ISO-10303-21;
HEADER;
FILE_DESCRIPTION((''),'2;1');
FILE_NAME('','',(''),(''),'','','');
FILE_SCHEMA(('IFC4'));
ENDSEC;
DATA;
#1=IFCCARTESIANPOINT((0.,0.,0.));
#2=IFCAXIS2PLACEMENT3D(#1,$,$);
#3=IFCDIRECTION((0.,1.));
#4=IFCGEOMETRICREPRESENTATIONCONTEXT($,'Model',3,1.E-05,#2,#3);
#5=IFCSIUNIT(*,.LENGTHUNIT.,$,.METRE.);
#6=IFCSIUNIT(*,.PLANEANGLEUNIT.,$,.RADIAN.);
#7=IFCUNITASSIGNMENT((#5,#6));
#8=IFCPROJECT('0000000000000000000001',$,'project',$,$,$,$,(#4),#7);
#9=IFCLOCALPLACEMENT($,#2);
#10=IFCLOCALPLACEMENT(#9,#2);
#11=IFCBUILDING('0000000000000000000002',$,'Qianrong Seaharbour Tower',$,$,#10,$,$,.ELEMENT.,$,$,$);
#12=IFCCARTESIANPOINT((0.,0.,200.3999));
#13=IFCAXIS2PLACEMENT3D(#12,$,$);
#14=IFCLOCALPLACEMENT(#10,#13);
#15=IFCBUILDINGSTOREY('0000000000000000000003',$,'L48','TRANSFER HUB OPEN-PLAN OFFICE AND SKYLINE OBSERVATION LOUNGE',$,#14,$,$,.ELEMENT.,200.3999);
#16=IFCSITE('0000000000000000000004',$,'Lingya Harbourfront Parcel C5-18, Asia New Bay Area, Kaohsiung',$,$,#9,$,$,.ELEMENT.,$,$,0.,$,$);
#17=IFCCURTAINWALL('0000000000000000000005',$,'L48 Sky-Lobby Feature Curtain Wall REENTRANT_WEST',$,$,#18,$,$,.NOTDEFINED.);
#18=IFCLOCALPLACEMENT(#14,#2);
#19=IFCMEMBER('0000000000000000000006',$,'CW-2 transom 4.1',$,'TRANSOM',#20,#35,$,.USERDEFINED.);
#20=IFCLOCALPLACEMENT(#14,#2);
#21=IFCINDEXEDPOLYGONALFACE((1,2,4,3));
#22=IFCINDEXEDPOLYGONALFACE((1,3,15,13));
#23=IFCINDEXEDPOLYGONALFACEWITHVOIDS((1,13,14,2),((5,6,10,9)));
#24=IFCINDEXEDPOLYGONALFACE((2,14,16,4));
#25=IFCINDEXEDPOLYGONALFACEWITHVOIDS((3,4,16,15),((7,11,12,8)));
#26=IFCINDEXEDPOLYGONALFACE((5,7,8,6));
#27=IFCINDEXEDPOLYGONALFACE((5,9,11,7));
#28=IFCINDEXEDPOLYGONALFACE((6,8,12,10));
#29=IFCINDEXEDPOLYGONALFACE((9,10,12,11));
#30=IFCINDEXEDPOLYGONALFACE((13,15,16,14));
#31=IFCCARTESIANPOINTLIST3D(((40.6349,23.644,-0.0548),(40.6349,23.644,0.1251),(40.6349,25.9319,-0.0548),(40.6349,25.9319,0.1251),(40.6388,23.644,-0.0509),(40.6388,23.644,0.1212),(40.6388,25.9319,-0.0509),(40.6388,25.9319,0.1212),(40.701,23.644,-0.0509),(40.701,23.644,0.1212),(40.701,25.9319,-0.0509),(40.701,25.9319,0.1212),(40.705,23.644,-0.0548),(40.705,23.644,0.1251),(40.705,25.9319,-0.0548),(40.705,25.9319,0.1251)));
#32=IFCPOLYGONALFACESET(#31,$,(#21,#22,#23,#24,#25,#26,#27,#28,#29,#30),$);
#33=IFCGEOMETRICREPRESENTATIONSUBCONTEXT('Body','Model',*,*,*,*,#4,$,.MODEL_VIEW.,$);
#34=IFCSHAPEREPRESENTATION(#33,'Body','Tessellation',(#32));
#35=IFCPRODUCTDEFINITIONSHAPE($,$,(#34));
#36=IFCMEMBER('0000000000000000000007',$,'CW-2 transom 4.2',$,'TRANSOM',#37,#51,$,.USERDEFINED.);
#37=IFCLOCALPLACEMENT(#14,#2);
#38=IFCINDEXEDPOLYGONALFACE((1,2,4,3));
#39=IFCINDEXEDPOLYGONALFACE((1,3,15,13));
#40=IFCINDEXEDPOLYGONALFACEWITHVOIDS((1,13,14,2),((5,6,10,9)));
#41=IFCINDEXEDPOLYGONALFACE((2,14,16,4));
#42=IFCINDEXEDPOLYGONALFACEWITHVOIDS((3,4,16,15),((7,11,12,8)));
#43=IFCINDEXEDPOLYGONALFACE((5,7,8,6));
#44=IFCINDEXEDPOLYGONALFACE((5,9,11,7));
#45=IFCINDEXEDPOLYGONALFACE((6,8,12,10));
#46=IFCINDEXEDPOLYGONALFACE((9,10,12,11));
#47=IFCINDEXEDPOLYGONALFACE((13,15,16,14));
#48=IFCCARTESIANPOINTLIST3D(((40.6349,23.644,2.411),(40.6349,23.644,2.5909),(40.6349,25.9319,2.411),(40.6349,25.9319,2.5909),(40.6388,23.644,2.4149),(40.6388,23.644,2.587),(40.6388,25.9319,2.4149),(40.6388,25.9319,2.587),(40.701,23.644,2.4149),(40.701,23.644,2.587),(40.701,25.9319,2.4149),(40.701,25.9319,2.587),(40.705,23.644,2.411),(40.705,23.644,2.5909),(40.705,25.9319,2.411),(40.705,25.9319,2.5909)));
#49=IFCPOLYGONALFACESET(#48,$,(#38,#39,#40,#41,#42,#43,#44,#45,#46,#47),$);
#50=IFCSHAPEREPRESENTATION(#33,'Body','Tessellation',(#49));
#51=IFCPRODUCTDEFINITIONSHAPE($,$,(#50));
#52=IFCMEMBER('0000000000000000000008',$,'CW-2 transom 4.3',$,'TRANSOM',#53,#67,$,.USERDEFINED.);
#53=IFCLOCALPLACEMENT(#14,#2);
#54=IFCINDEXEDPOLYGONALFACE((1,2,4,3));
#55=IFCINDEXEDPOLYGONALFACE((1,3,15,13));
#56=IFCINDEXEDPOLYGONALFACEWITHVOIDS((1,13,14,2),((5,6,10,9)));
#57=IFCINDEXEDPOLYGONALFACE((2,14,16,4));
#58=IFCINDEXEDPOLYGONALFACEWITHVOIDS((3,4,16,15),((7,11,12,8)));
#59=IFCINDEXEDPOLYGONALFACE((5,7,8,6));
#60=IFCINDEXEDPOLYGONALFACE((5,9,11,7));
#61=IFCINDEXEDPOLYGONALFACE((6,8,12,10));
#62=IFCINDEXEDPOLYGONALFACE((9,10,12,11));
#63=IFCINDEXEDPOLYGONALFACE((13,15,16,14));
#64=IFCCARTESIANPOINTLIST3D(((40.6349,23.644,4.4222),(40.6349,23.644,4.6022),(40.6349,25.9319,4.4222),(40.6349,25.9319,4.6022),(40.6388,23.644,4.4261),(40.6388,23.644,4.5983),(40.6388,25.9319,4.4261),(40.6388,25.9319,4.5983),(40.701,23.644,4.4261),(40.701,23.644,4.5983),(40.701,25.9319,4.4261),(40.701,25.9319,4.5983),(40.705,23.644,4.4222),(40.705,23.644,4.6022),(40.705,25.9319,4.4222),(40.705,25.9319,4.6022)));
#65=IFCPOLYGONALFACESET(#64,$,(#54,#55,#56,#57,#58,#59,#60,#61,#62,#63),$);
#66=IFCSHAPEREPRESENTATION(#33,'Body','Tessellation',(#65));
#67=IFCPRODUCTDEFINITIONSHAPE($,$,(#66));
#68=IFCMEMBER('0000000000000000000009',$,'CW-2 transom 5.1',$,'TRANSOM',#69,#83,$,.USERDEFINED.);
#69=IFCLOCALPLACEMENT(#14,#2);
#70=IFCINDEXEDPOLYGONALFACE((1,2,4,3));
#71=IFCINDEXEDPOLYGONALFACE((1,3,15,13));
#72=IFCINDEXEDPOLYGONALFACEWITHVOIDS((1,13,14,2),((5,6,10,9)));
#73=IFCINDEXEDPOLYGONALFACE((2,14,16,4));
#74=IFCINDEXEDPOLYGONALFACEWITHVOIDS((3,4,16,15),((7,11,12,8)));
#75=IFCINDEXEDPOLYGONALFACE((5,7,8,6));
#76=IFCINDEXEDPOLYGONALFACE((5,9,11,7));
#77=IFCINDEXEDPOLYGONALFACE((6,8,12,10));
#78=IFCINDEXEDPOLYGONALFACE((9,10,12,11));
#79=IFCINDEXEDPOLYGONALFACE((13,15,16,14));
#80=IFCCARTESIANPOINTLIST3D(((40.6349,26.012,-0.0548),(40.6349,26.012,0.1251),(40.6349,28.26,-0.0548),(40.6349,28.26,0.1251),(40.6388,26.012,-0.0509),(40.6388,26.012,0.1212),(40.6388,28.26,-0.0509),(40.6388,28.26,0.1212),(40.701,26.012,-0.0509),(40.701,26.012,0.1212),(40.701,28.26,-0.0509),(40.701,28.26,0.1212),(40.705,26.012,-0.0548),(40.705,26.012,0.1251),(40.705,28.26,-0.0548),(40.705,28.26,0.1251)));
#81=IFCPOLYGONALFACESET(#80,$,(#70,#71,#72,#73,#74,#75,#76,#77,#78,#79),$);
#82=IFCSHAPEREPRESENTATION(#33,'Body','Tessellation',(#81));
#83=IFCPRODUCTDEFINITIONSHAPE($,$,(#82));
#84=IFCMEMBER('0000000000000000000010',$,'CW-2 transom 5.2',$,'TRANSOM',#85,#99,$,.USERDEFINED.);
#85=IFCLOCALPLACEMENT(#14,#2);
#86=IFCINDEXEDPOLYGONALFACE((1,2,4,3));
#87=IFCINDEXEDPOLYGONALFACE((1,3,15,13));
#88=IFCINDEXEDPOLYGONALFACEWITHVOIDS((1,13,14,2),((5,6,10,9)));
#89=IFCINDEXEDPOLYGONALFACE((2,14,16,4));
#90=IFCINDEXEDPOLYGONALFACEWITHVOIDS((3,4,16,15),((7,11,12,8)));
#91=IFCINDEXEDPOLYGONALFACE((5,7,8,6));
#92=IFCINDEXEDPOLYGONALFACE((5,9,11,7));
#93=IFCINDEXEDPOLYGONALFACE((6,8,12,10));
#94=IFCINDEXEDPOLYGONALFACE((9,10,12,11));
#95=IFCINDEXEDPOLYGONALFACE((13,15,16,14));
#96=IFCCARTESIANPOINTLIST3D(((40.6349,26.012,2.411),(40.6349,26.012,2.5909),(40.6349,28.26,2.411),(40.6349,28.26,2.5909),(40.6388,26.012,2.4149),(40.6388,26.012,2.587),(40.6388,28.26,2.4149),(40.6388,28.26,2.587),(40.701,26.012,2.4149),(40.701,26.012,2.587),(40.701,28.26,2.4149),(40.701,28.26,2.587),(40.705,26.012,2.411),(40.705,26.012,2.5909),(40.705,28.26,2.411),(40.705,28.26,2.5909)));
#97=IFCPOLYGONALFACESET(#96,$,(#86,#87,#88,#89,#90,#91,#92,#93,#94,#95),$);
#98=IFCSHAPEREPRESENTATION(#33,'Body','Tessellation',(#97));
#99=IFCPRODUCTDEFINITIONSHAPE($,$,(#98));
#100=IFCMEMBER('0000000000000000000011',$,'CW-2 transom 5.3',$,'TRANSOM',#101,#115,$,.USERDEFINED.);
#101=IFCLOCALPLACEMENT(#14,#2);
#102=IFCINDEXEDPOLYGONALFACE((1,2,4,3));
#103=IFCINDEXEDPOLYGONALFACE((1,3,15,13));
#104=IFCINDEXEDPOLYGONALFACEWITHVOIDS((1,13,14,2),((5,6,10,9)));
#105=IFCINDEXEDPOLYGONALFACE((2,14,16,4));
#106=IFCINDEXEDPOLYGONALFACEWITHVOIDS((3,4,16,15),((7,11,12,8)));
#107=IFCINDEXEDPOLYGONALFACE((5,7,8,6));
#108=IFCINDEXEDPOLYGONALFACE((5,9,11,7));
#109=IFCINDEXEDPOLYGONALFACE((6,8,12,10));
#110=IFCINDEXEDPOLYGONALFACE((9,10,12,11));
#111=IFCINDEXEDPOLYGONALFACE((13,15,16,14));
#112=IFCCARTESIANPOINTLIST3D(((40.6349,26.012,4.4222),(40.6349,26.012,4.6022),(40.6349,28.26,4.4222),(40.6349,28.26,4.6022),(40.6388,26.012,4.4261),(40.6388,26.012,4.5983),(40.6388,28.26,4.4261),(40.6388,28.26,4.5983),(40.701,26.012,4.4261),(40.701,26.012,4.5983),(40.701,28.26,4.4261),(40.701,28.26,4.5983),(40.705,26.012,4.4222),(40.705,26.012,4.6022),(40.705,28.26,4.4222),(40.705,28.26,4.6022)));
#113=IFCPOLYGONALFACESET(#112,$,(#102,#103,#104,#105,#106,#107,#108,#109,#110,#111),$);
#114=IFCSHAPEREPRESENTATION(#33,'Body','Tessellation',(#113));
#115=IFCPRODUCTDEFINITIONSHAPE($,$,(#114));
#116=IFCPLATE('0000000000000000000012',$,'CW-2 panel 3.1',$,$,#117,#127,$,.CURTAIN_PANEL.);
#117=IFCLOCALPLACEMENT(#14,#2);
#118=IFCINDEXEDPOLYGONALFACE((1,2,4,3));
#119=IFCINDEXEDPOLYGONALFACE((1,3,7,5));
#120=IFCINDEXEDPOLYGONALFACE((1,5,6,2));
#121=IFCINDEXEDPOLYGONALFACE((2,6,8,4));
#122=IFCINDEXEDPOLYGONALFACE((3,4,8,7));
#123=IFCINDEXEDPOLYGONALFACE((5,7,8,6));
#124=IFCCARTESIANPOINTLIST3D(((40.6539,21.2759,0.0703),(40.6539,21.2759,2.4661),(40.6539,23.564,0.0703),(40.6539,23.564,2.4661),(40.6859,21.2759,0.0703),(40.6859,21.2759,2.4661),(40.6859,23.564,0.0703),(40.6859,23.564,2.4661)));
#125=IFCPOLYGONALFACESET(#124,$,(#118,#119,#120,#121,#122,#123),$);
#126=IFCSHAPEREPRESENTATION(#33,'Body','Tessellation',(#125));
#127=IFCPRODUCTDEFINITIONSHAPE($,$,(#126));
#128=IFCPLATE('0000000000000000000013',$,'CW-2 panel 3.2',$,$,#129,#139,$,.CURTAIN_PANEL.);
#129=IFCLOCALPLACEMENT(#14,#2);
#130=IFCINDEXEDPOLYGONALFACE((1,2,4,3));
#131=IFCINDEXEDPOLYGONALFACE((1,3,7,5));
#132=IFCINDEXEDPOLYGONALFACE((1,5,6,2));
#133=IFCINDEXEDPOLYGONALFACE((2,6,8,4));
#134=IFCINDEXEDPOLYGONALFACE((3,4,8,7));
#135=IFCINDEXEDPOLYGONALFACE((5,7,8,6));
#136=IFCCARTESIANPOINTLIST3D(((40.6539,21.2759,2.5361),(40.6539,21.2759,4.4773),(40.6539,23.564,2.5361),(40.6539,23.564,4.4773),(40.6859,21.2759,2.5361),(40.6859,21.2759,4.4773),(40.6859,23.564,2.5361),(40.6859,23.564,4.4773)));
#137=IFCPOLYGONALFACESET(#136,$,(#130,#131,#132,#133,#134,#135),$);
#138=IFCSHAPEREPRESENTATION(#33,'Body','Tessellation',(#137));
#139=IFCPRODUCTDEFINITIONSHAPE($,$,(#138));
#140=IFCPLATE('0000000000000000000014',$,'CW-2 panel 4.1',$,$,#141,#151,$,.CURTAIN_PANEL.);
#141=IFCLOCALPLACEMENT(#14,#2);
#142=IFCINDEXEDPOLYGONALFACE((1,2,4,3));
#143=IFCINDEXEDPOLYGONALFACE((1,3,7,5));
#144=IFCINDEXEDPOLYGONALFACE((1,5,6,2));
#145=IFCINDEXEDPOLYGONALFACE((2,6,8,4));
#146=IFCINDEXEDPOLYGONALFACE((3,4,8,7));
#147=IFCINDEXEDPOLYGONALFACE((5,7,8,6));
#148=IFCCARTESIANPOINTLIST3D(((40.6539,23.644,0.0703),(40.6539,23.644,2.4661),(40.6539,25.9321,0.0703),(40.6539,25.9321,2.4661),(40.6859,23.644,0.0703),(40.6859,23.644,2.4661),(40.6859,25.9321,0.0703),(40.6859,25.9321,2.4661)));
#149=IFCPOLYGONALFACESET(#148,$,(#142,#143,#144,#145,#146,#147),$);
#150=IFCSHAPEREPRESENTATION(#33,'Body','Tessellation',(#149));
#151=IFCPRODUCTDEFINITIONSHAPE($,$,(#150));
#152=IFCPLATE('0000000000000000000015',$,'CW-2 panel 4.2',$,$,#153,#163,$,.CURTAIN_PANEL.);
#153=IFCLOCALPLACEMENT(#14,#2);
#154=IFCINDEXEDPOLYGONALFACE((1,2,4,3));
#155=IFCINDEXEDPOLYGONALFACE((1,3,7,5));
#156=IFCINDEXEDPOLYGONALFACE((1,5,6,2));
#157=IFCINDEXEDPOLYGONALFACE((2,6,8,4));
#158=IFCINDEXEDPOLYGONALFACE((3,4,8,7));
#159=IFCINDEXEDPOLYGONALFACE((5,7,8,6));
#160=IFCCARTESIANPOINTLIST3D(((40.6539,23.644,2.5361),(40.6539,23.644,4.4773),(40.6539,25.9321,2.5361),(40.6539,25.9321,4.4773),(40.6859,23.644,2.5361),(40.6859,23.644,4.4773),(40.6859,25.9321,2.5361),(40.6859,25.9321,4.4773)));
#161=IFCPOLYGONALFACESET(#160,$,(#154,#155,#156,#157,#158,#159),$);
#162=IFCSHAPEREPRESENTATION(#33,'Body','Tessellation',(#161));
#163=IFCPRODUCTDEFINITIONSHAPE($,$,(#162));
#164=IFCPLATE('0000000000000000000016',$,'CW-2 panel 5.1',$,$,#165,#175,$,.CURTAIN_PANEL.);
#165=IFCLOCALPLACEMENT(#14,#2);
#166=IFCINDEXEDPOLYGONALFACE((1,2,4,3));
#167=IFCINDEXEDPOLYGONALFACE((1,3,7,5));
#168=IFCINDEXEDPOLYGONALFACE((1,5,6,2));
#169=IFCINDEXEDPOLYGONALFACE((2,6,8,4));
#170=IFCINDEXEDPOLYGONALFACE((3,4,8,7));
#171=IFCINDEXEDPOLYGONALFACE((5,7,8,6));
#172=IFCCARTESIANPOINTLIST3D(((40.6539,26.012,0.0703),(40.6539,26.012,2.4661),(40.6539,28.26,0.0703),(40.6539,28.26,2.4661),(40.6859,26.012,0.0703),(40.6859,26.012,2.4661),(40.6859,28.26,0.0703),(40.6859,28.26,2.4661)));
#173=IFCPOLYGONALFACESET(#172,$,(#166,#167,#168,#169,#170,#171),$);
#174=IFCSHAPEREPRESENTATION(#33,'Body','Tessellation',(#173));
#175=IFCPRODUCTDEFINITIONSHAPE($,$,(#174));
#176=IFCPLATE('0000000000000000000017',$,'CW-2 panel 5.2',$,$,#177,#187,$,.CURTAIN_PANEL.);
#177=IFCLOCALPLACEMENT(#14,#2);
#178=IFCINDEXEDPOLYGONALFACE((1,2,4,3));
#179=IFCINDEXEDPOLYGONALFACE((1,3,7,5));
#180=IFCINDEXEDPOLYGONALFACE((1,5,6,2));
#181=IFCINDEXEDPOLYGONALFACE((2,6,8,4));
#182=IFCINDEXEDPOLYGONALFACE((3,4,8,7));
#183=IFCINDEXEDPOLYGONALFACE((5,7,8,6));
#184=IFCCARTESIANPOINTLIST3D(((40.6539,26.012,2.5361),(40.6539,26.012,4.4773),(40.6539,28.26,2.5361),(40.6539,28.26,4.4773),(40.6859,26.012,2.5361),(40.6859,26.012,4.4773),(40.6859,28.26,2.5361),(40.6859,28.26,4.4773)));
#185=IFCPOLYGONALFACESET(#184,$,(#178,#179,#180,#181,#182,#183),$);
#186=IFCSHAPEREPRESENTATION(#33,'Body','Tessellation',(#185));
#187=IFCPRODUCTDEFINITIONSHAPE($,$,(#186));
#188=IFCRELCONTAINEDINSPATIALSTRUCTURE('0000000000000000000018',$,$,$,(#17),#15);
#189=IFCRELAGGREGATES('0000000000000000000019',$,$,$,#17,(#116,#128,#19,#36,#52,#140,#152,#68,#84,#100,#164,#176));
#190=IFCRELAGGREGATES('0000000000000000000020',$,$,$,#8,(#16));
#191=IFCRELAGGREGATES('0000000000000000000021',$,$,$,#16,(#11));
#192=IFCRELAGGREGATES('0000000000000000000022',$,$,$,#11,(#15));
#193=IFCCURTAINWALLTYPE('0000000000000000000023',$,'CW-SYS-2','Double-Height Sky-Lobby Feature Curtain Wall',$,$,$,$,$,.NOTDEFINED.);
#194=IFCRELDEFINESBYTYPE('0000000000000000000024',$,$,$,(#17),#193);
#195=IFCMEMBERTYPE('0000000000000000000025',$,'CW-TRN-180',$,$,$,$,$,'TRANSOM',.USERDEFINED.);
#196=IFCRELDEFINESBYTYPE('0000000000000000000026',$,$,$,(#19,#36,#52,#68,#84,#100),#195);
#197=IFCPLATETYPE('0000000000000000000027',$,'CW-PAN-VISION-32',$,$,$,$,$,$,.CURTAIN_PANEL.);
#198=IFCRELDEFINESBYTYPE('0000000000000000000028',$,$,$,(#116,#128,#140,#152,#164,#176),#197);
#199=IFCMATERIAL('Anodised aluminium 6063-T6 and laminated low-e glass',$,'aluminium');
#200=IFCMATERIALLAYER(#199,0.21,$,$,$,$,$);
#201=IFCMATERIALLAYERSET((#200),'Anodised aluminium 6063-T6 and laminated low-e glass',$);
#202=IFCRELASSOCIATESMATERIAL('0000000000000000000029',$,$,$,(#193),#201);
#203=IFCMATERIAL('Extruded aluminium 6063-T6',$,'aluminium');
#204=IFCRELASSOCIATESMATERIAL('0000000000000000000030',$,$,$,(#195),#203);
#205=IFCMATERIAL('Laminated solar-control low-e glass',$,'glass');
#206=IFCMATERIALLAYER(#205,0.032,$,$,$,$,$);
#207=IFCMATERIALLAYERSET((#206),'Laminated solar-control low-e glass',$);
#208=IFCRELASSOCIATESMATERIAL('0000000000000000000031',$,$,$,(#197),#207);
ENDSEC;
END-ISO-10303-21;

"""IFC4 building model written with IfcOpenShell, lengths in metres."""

from ifc_helpers import new_model, si_unit, direction, frame, origin, origin_2d, place, context, subcontext, project, spatial, rectangle, hollow_rectangle, extrude, material, layer, layer_set, material_profile, profile_set, type_object, element, aggregate, save


model = new_model("IFC4")

# Units and contexts
model_context = context("Model", 3, precision=1e-05, world=origin(), true_north=direction((0.0, 1.0)))
body_context = subcontext(model_context, "Body", "Model", "MODEL_VIEW")
ifc_project = project(units=[si_unit("LENGTHUNIT", "METRE"), si_unit("PLANEANGLEUNIT", "RADIAN")], contexts=[model_context])

# Site, building, storey
site_placement = place(None, origin())
site = spatial("IfcSite", under=ifc_project, at=site_placement, Name="Lingya Harbourfront Parcel C5-18, Asia New Bay Area, Kaohsiung", CompositionType="ELEMENT", RefElevation=0.0)
building_placement = place(site_placement, origin())
building = spatial("IfcBuilding", under=site, at=building_placement, Name="Qianrong Seaharbour Tower", CompositionType="ELEMENT")
storey_placement = place(building_placement, frame((0.0, 0.0, 200.3999)))
storey = spatial("IfcBuildingStorey", under=building, at=storey_placement, Name="L48", Description="TRANSFER HUB OPEN-PLAN OFFICE AND SKYLINE OBSERVATION LOUNGE", CompositionType="ELEMENT", Elevation=200.3999)

# Curtain wall, members, plates
ifc_material_1 = material(Name="Anodised aluminium 6063-T6 and laminated low-e glass", Category="aluminium")
ifc_layer_1 = layer(ifc_material_1, 0.21)
ifc_layer_set_1 = layer_set([ifc_layer_1], Name="Anodised aluminium 6063-T6 and laminated low-e glass")
curtain_wall_type = type_object("IfcCurtainWallType", Name="CW-SYS-2", Description="Double-Height Sky-Lobby Feature Curtain Wall", PredefinedType="NOTDEFINED", material=ifc_layer_set_1)
curtain_wall_placement = place(storey_placement, origin())
curtain_wall = element("IfcCurtainWall", 1, at=curtain_wall_placement, inside=storey, type_object=curtain_wall_type, Name="L48 Sky-Lobby Feature Curtain Wall REENTRANT_WEST", PredefinedType="NOTDEFINED")
ifc_material_2 = material(Name="Extruded aluminium 6063-T6", Category="aluminium")
ifc_material_profile_1 = material_profile(ifc_material_2, hollow_rectangle(XDim=0.0701, YDim=0.1799, WallThickness=0.0039, at=origin_2d()), Name="ALU-TRN-180x70x4")
ifc_profile_set_1 = profile_set([ifc_material_profile_1], Name="Extruded aluminium 6063-T6")
member_type = type_object("IfcMemberType", Name="CW-TRN-180", ElementType="TRANSOM", PredefinedType="USERDEFINED", material=ifc_profile_set_1)
member_1_placement = place(storey_placement, frame((40.6699, 23.644, 0.0352), z_axis=(0.0, 1.0, 0.0), x_axis=(-1.0, 0.0, 0.0)))
member_1 = element("IfcMember", 2, at=member_1_placement, type_object=member_type, Name="CW-2 transom 4.1", ObjectType="TRANSOM", PredefinedType="USERDEFINED", context=body_context, shape_type="SweptSolid", body=[
    extrude(hollow_rectangle(XDim=0.0701, YDim=0.1799, WallThickness=0.0039, at=origin_2d()), origin(), (0.0, 0.0, 1.0), 2.2878),
])
member_2_placement = place(storey_placement, frame((40.6699, 23.644, 2.501), z_axis=(0.0, 1.0, 0.0), x_axis=(-1.0, 0.0, 0.0)))
member_2 = element("IfcMember", 3, at=member_2_placement, type_object=member_type, Name="CW-2 transom 4.2", ObjectType="TRANSOM", PredefinedType="USERDEFINED", context=body_context, shape_type="SweptSolid", body=[
    extrude(hollow_rectangle(XDim=0.0701, YDim=0.1799, WallThickness=0.0039, at=origin_2d()), origin(), (0.0, 0.0, 1.0), 2.2878),
])
member_3_placement = place(storey_placement, frame((40.6699, 23.644, 4.5122), z_axis=(0.0, 1.0, 0.0), x_axis=(-1.0, 0.0, 0.0)))
member_3 = element("IfcMember", 4, at=member_3_placement, type_object=member_type, Name="CW-2 transom 4.3", ObjectType="TRANSOM", PredefinedType="USERDEFINED", context=body_context, shape_type="SweptSolid", body=[
    extrude(hollow_rectangle(XDim=0.0701, YDim=0.1799, WallThickness=0.0039, at=origin_2d()), origin(), (0.0, 0.0, 1.0), 2.2878),
])
member_4_placement = place(storey_placement, frame((40.6699, 26.012, 0.0352), z_axis=(0.0, 1.0, 0.0), x_axis=(-1.0, 0.0, 0.0)))
member_4 = element("IfcMember", 5, at=member_4_placement, type_object=member_type, Name="CW-2 transom 5.1", ObjectType="TRANSOM", PredefinedType="USERDEFINED", context=body_context, shape_type="SweptSolid", body=[
    extrude(hollow_rectangle(XDim=0.0701, YDim=0.1799, WallThickness=0.0039, at=origin_2d()), origin(), (0.0, 0.0, 1.0), 2.248),
])
member_5_placement = place(storey_placement, frame((40.6699, 26.012, 2.501), z_axis=(0.0, 1.0, 0.0), x_axis=(-1.0, 0.0, 0.0)))
member_5 = element("IfcMember", 6, at=member_5_placement, type_object=member_type, Name="CW-2 transom 5.2", ObjectType="TRANSOM", PredefinedType="USERDEFINED", context=body_context, shape_type="SweptSolid", body=[
    extrude(hollow_rectangle(XDim=0.0701, YDim=0.1799, WallThickness=0.0039, at=origin_2d()), origin(), (0.0, 0.0, 1.0), 2.248),
])
member_6_placement = place(storey_placement, frame((40.6699, 26.012, 4.5122), z_axis=(0.0, 1.0, 0.0), x_axis=(-1.0, 0.0, 0.0)))
member_6 = element("IfcMember", 7, at=member_6_placement, type_object=member_type, Name="CW-2 transom 5.3", ObjectType="TRANSOM", PredefinedType="USERDEFINED", context=body_context, shape_type="SweptSolid", body=[
    extrude(hollow_rectangle(XDim=0.0701, YDim=0.1799, WallThickness=0.0039, at=origin_2d()), origin(), (0.0, 0.0, 1.0), 2.248),
])
ifc_material_3 = material(Name="Laminated solar-control low-e glass", Category="glass")
ifc_layer_2 = layer(ifc_material_3, 0.032)
ifc_layer_set_2 = layer_set([ifc_layer_2], Name="Laminated solar-control low-e glass")
plate_type = type_object("IfcPlateType", Name="CW-PAN-VISION-32", PredefinedType="CURTAIN_PANEL", material=ifc_layer_set_2)
plate_1_placement = place(storey_placement, frame((40.6699, 22.4199, 0.0703), z_axis=(0.0, 0.0, 1.0), x_axis=(0.0, 1.0, 0.0)))
plate_1 = element("IfcPlate", 8, at=plate_1_placement, type_object=plate_type, Name="CW-2 panel 3.1", PredefinedType="CURTAIN_PANEL", context=body_context, shape_type="SweptSolid", body=[
    extrude(rectangle(XDim=2.2881, YDim=0.032, at=origin_2d()), origin(), (0.0, 0.0, 1.0), 2.3958),
])
plate_2_placement = place(storey_placement, frame((40.6699, 22.4199, 2.5361), z_axis=(0.0, 0.0, 1.0), x_axis=(0.0, 1.0, 0.0)))
plate_2 = element("IfcPlate", 9, at=plate_2_placement, type_object=plate_type, Name="CW-2 panel 3.2", PredefinedType="CURTAIN_PANEL", context=body_context, shape_type="SweptSolid", body=[
    extrude(rectangle(XDim=2.2881, YDim=0.032, at=origin_2d()), origin(), (0.0, 0.0, 1.0), 1.9412),
])
plate_3_placement = place(storey_placement, frame((40.6699, 24.7881, 0.0703), z_axis=(0.0, 0.0, 1.0), x_axis=(0.0, 1.0, 0.0)))
plate_3 = element("IfcPlate", 10, at=plate_3_placement, type_object=plate_type, Name="CW-2 panel 4.1", PredefinedType="CURTAIN_PANEL", context=body_context, shape_type="SweptSolid", body=[
    extrude(rectangle(XDim=2.2881, YDim=0.032, at=origin_2d()), origin(), (0.0, 0.0, 1.0), 2.3958),
])
plate_4_placement = place(storey_placement, frame((40.6699, 24.7881, 2.5361), z_axis=(0.0, 0.0, 1.0), x_axis=(0.0, 1.0, 0.0)))
plate_4 = element("IfcPlate", 11, at=plate_4_placement, type_object=plate_type, Name="CW-2 panel 4.2", PredefinedType="CURTAIN_PANEL", context=body_context, shape_type="SweptSolid", body=[
    extrude(rectangle(XDim=2.2881, YDim=0.032, at=origin_2d()), origin(), (0.0, 0.0, 1.0), 1.9412),
])
plate_5_placement = place(storey_placement, frame((40.6699, 27.136, 0.0703), z_axis=(0.0, 0.0, 1.0), x_axis=(0.0, 1.0, 0.0)))
plate_5 = element("IfcPlate", 12, at=plate_5_placement, type_object=plate_type, Name="CW-2 panel 5.1", PredefinedType="CURTAIN_PANEL", context=body_context, shape_type="SweptSolid", body=[
    extrude(rectangle(XDim=2.248, YDim=0.032, at=origin_2d()), origin(), (0.0, 0.0, 1.0), 2.3958),
])
plate_6_placement = place(storey_placement, frame((40.6699, 27.136, 2.5361), z_axis=(0.0, 0.0, 1.0), x_axis=(0.0, 1.0, 0.0)))
plate_6 = element("IfcPlate", 13, at=plate_6_placement, type_object=plate_type, Name="CW-2 panel 5.2", PredefinedType="CURTAIN_PANEL", context=body_context, shape_type="SweptSolid", body=[
    extrude(rectangle(XDim=2.248, YDim=0.032, at=origin_2d()), origin(), (0.0, 0.0, 1.0), 1.9412),
])
aggregate(curtain_wall, [plate_1, plate_2, member_1, member_2, member_3, plate_3, plate_4, member_4, member_5, member_6, plate_5, plate_6])

save(model, "model.ifc")
